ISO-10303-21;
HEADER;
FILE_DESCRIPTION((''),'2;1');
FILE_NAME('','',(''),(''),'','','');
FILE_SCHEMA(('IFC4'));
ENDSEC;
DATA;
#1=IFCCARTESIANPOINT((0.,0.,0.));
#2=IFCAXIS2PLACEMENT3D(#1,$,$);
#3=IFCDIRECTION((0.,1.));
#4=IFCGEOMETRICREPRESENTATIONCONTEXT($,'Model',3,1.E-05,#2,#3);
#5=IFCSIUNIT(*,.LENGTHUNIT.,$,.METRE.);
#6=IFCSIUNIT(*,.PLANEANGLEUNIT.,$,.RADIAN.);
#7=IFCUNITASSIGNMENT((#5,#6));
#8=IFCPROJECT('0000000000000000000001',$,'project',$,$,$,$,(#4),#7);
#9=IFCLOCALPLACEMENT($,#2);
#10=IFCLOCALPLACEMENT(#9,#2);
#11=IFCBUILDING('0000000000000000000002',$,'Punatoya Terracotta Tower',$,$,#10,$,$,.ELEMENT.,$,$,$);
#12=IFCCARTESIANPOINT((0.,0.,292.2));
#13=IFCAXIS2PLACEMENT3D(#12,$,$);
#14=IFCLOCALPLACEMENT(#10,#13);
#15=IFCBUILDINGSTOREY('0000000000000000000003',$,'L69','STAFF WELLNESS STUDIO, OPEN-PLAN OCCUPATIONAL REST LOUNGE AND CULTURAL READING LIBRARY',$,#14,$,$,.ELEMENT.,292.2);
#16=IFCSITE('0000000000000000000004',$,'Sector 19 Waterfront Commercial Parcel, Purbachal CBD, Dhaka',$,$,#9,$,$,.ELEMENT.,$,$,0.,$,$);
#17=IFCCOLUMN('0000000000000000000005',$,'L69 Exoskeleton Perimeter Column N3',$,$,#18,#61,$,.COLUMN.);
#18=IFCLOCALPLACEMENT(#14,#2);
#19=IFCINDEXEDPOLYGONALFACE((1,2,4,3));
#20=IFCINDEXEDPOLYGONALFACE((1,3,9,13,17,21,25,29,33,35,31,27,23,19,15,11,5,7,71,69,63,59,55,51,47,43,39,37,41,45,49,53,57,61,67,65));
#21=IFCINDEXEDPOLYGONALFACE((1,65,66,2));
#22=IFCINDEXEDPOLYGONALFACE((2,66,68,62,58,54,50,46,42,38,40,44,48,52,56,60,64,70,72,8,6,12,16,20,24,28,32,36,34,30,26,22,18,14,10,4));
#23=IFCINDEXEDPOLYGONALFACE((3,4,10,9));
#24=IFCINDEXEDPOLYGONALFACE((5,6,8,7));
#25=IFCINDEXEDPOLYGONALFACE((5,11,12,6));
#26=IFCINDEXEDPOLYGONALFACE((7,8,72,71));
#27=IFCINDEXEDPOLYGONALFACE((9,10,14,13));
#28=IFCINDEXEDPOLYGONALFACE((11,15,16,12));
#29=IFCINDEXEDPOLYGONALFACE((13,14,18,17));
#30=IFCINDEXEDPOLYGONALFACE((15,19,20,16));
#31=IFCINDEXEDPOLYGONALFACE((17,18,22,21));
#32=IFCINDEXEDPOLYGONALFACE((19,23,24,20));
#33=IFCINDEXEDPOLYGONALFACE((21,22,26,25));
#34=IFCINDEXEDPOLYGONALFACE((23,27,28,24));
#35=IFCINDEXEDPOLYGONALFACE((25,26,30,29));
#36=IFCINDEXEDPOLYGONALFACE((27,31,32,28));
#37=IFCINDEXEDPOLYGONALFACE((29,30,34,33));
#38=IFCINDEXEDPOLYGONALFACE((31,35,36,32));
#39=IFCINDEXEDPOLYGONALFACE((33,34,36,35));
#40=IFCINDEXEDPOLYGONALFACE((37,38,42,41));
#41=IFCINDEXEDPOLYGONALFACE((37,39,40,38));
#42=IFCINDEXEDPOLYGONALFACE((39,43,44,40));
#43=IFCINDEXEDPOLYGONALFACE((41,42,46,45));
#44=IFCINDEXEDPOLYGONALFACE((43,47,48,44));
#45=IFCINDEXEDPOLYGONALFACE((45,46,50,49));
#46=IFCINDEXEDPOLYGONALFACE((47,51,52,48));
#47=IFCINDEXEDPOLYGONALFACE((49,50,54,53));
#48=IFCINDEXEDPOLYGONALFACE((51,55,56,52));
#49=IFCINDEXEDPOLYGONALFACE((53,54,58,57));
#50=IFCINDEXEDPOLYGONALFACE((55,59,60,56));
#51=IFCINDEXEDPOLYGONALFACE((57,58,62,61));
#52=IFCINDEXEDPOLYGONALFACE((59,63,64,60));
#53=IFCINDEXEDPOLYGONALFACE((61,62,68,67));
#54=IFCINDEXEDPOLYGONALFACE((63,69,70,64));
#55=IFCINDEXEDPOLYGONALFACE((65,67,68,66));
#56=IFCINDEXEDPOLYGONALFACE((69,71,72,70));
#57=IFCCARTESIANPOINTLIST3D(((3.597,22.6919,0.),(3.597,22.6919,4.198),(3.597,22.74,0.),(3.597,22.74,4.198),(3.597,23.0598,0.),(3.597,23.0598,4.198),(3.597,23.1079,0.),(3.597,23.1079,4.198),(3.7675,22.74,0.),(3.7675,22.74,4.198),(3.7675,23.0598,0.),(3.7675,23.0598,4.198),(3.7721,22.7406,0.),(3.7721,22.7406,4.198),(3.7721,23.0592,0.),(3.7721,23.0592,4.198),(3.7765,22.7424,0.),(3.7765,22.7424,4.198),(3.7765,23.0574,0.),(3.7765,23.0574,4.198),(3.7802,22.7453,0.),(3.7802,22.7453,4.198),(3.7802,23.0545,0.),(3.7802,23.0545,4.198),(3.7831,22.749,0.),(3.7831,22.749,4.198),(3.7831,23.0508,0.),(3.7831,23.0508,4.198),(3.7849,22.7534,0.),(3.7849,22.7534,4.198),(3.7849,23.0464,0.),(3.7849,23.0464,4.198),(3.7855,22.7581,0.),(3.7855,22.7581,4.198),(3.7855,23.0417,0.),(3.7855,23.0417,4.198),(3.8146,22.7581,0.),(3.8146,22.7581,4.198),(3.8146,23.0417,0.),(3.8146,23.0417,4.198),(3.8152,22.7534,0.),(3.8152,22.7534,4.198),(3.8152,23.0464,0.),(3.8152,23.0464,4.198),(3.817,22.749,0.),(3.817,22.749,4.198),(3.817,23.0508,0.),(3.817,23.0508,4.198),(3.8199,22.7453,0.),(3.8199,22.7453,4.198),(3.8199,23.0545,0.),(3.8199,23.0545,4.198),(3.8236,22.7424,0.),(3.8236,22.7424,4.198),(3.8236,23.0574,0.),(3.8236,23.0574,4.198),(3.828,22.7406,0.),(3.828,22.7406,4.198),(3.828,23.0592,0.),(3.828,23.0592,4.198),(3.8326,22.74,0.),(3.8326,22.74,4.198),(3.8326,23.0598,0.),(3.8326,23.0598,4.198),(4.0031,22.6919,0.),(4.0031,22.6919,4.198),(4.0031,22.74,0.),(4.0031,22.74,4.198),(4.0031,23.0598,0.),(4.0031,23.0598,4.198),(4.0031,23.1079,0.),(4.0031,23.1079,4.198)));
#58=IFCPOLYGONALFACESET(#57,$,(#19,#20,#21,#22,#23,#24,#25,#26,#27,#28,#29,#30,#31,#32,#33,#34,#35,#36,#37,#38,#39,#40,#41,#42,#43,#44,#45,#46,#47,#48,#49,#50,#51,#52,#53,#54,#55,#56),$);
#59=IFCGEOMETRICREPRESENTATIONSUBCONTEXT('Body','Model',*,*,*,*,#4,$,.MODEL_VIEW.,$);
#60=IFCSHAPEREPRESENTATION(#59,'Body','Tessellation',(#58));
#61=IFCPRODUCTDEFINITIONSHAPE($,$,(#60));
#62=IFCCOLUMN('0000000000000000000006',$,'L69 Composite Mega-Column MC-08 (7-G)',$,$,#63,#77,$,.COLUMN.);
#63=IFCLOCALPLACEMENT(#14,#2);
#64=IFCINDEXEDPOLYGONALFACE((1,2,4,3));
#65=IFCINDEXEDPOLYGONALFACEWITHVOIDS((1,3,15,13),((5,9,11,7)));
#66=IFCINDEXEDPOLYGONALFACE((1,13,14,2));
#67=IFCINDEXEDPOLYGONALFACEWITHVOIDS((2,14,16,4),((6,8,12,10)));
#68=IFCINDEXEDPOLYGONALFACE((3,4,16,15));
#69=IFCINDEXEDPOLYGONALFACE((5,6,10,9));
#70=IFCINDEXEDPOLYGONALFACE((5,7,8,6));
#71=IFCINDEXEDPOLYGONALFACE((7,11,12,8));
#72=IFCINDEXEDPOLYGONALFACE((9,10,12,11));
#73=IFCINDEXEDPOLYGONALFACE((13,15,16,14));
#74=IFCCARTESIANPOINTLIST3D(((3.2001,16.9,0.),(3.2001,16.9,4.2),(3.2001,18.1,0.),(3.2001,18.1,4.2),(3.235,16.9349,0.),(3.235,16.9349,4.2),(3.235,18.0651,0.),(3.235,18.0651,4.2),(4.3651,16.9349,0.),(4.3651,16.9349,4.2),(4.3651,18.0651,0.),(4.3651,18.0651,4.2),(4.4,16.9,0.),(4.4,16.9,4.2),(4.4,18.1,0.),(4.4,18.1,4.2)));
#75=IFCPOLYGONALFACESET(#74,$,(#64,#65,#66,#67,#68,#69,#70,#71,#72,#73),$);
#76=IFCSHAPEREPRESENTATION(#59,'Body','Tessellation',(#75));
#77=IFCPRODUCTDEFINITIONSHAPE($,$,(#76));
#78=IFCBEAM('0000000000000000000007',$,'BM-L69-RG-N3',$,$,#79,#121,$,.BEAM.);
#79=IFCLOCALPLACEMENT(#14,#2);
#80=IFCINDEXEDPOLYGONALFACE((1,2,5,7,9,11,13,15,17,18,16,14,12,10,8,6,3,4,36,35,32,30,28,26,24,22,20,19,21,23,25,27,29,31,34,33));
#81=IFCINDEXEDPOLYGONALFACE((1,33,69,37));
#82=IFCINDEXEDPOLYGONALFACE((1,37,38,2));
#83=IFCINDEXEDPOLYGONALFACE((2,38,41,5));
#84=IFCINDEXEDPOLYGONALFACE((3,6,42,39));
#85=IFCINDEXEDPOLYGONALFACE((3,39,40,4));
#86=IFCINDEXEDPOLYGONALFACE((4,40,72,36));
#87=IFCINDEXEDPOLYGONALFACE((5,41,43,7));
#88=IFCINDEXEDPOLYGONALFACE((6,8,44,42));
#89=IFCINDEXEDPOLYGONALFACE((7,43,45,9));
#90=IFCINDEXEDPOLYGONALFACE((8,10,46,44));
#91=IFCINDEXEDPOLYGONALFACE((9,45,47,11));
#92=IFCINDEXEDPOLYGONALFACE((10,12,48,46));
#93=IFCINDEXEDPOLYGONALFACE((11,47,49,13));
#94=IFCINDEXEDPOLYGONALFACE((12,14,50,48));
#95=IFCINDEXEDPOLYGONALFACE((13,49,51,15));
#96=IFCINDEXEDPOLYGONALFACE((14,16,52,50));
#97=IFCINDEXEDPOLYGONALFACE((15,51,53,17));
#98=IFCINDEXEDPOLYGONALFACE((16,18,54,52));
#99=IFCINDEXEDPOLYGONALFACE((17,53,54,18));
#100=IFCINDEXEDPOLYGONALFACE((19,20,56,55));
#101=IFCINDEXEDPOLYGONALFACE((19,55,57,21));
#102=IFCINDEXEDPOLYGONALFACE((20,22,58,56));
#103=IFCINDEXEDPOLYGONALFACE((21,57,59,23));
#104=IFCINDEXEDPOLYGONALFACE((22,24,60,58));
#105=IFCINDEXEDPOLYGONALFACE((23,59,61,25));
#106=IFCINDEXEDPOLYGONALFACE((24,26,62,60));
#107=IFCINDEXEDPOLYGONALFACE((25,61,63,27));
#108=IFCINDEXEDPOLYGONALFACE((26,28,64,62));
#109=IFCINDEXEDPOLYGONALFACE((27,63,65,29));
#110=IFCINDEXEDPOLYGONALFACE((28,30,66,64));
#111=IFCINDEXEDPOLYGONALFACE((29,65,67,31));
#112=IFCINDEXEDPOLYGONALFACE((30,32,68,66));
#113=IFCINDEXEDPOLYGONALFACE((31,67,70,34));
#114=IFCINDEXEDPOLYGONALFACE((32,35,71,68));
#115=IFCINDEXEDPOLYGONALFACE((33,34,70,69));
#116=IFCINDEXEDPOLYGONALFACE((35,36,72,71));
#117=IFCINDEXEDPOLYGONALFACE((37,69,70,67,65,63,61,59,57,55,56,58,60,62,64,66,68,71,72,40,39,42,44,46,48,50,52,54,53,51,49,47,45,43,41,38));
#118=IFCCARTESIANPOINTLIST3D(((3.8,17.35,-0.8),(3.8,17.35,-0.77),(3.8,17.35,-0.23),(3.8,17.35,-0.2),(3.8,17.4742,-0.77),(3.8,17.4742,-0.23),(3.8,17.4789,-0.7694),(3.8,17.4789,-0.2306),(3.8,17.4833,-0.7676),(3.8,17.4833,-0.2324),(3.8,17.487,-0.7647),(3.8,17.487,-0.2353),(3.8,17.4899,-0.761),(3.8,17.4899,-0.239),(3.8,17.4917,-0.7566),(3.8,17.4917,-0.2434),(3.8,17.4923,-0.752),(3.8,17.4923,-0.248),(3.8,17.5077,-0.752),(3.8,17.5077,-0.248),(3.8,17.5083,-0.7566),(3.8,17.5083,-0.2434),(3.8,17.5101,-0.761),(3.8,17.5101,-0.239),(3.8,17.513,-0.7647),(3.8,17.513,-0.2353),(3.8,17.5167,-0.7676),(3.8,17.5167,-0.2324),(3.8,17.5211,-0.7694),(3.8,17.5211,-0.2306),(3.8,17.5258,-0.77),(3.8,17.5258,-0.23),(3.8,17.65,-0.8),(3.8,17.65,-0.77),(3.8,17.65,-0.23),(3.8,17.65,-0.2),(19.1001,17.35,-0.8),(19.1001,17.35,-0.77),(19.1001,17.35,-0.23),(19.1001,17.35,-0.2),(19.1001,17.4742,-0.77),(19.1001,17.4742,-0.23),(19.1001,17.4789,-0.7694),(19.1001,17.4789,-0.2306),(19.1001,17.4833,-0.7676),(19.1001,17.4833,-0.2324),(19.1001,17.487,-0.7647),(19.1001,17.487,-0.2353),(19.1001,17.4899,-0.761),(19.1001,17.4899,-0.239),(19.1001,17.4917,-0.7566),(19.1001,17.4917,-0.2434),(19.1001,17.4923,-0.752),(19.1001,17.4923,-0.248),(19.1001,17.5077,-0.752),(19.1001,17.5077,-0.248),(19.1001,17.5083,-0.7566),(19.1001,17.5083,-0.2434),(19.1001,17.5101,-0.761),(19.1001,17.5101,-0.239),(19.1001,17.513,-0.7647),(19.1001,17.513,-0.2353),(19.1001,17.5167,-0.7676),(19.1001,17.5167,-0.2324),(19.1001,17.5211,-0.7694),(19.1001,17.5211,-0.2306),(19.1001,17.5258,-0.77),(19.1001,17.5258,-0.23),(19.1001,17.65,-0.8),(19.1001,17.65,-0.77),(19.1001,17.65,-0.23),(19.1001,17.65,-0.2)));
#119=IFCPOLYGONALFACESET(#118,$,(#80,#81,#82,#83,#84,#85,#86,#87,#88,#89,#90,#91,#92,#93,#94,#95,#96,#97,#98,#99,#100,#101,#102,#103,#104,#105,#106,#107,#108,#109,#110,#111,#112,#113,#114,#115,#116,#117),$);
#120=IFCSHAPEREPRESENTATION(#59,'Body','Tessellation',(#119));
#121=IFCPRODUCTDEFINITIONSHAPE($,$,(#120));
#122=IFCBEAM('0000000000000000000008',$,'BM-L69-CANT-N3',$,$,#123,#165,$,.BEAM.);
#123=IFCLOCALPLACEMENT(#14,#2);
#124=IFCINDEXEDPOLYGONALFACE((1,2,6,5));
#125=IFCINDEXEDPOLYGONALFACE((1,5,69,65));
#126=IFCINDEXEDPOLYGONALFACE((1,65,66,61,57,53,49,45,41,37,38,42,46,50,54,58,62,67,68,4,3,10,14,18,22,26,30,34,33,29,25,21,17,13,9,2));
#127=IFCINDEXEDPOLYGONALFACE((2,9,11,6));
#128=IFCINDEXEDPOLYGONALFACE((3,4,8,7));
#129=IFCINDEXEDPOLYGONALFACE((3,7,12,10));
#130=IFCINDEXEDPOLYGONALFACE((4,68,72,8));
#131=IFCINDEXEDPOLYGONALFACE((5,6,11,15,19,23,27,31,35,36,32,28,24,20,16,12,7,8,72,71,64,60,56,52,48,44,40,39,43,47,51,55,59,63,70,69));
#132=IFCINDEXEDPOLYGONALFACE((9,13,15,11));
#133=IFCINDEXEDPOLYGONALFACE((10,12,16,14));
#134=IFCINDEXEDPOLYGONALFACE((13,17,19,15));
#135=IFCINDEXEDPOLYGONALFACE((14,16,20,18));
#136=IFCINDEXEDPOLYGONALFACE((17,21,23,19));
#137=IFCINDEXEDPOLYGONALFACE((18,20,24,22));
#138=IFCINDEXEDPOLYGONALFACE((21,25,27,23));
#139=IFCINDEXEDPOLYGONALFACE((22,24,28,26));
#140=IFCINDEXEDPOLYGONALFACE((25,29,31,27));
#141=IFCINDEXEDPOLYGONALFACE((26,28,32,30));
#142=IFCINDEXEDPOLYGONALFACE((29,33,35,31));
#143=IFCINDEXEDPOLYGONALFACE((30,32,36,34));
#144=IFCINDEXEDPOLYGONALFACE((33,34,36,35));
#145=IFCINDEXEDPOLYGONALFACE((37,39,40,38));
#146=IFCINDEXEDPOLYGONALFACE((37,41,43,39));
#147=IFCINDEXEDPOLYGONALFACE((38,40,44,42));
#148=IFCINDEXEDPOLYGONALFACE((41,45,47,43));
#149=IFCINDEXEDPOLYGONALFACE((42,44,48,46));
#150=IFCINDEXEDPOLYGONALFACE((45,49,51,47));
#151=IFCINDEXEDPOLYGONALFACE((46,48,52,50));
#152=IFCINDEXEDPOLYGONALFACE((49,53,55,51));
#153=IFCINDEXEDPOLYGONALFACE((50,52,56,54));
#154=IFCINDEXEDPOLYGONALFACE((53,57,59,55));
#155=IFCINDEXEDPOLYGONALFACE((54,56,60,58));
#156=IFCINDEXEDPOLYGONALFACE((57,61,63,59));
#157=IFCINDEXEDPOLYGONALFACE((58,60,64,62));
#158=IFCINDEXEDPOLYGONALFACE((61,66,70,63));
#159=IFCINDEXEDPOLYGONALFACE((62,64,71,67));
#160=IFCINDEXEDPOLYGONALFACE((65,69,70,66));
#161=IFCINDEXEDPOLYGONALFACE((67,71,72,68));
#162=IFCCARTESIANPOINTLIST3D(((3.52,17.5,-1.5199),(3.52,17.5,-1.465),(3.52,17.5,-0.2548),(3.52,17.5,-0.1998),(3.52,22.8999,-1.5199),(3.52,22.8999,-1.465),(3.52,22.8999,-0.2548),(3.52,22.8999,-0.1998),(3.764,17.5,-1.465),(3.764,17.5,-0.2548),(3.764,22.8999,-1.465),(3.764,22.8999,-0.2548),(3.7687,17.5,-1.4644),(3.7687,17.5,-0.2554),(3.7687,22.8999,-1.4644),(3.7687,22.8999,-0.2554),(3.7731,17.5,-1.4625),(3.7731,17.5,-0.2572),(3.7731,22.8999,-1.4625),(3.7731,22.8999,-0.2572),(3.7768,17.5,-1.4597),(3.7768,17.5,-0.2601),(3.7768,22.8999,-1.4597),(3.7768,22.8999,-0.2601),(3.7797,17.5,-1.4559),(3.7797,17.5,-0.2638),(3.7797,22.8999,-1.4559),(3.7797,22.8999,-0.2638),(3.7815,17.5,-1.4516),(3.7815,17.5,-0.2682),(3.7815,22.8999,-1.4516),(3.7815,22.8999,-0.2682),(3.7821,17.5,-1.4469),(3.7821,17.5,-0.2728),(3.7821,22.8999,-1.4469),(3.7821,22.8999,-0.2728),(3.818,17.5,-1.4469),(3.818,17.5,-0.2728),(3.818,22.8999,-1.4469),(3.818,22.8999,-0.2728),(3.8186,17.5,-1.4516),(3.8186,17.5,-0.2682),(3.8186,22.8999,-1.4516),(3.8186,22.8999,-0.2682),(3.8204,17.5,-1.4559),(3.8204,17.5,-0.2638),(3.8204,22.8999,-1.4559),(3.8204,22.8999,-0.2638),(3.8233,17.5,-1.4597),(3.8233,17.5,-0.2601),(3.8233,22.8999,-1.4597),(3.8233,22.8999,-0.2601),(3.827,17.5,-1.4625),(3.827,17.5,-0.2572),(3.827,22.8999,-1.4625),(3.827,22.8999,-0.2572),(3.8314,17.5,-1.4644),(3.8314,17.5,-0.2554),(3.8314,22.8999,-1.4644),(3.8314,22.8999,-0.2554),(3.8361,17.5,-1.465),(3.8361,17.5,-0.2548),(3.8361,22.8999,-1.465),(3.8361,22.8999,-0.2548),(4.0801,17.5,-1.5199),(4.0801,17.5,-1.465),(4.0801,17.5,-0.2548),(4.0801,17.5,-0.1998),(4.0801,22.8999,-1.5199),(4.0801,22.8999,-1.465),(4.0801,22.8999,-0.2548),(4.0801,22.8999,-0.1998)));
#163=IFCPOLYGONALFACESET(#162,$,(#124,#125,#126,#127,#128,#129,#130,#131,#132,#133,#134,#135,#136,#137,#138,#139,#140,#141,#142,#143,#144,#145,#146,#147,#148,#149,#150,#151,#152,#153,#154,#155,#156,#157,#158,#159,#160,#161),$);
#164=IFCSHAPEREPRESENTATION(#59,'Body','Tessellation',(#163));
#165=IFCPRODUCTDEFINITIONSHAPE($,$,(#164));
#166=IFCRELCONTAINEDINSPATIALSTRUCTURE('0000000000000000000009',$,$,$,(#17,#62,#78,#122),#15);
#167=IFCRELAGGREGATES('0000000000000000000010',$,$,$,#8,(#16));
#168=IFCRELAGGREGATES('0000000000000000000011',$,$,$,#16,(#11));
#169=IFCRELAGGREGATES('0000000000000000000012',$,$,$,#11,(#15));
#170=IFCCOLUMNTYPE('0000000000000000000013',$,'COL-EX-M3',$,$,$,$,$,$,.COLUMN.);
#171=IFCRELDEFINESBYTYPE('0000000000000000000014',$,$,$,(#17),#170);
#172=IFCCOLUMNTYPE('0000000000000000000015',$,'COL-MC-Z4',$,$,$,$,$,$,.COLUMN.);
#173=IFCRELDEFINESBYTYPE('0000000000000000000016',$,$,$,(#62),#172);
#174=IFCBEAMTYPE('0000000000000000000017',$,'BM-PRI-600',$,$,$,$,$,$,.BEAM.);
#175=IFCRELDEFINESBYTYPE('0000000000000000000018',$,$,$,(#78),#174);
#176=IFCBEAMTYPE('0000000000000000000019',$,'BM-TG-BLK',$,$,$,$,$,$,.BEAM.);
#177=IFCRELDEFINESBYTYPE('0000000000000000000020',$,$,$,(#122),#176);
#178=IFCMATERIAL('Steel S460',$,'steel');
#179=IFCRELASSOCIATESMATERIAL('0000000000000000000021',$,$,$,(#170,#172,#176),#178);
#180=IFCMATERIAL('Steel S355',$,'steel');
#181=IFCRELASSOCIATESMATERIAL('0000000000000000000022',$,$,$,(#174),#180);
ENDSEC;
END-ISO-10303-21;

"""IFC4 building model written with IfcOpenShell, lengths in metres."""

from ifc_helpers import new_model, si_unit, direction, frame, origin, origin_2d, place, context, subcontext, project, spatial, hollow_rectangle, i_section, extrude, material, material_profile, profile_set, type_object, element, save


model = new_model("IFC4")

# Units and contexts
model_context = context("Model", 3, precision=1e-05, world=origin(), true_north=direction((0.0, 1.0)))
body_context = subcontext(model_context, "Body", "Model", "MODEL_VIEW")
ifc_project = project(units=[si_unit("LENGTHUNIT", "METRE"), si_unit("PLANEANGLEUNIT", "RADIAN")], contexts=[model_context])

# Site, building, storey
site_placement = place(None, origin())
site = spatial("IfcSite", under=ifc_project, at=site_placement, Name="Sector 19 Waterfront Commercial Parcel, Purbachal CBD, Dhaka", CompositionType="ELEMENT", RefElevation=0.0)
building_placement = place(site_placement, origin())
building = spatial("IfcBuilding", under=site, at=building_placement, Name="Punatoya Terracotta Tower", CompositionType="ELEMENT")
storey_placement = place(building_placement, frame((0.0, 0.0, 292.2)))
storey = spatial("IfcBuildingStorey", under=building, at=storey_placement, Name="L69", Description="STAFF WELLNESS STUDIO, OPEN-PLAN OCCUPATIONAL REST LOUNGE AND CULTURAL READING LIBRARY", CompositionType="ELEMENT", Elevation=292.2)

# Columns
ifc_material_1 = material(Name="Steel S460", Category="steel")
ifc_material_profile_1 = material_profile(ifc_material_1, i_section(OverallWidth=0.406, OverallDepth=0.416, WebThickness=0.0291, FlangeThickness=0.0481, FilletRadius=0.0181, at=origin_2d()))
ifc_profile_set_1 = profile_set([ifc_material_profile_1], Name="Steel S460")
column_type_1 = type_object("IfcColumnType", Name="COL-EX-M3", PredefinedType="COLUMN", material=ifc_profile_set_1)
column_1_placement = place(storey_placement, frame((3.8, 22.8999, 0.0), z_axis=(0.0, 0.0, 1.0), x_axis=(1.0, 0.0, 0.0)))
element("IfcColumn", 1, at=column_1_placement, inside=storey, type_object=column_type_1, Name="L69 Exoskeleton Perimeter Column N3", PredefinedType="COLUMN", context=body_context, shape_type="SweptSolid", body=[
    extrude(i_section(OverallWidth=0.406, OverallDepth=0.416, WebThickness=0.0291, FlangeThickness=0.0481, FilletRadius=0.0181, at=origin_2d()), origin(), (0.0, 0.0, 1.0), 4.198),
])
ifc_material_profile_2 = material_profile(ifc_material_1, hollow_rectangle(XDim=1.2, YDim=1.2, WallThickness=0.0349, at=origin_2d()))
ifc_profile_set_2 = profile_set([ifc_material_profile_2], Name="Steel S460")
column_type_2 = type_object("IfcColumnType", Name="COL-MC-Z4", PredefinedType="COLUMN", material=ifc_profile_set_2)
column_2_placement = place(storey_placement, frame((3.8, 17.5, 0.0), z_axis=(0.0, 0.0, 1.0), x_axis=(1.0, 0.0, 0.0)))
element("IfcColumn", 2, at=column_2_placement, inside=storey, type_object=column_type_2, Name="L69 Composite Mega-Column MC-08 (7-G)", PredefinedType="COLUMN", context=body_context, shape_type="SweptSolid", body=[
    extrude(hollow_rectangle(XDim=1.2, YDim=1.2, WallThickness=0.0349, at=origin_2d()), origin(), (0.0, 0.0, 1.0), 4.2),
])

# Beams
ifc_material_2 = material(Name="Steel S355", Category="steel")
ifc_material_profile_3 = material_profile(ifc_material_2, i_section(OverallWidth=0.3, OverallDepth=0.6001, WebThickness=0.0154, FlangeThickness=0.03, FilletRadius=0.0181, at=origin_2d()))
ifc_profile_set_3 = profile_set([ifc_material_profile_3], Name="Steel S355")
beam_type_1 = type_object("IfcBeamType", Name="BM-PRI-600", PredefinedType="BEAM", material=ifc_profile_set_3)
beam_1_placement = place(storey_placement, frame((3.8, 17.5, -0.5), z_axis=(1.0, 0.0, 0.0), x_axis=(0.0, 1.0, 0.0)))
element("IfcBeam", 3, at=beam_1_placement, inside=storey, type_object=beam_type_1, Name="BM-L69-RG-N3", PredefinedType="BEAM", context=body_context, shape_type="SweptSolid", body=[
    extrude(i_section(OverallWidth=0.3, OverallDepth=0.6001, WebThickness=0.0154, FlangeThickness=0.03, FilletRadius=0.0181, at=origin_2d()), origin(), (0.0, 0.0, 1.0), 15.3),
])
ifc_material_profile_4 = material_profile(ifc_material_1, i_section(OverallWidth=0.5601, OverallDepth=1.3201, WebThickness=0.0359, FlangeThickness=0.0549, FilletRadius=0.0181, at=origin_2d()))
ifc_profile_set_4 = profile_set([ifc_material_profile_4], Name="Steel S460")
beam_type_2 = type_object("IfcBeamType", Name="BM-TG-BLK", PredefinedType="BEAM", material=ifc_profile_set_4)
beam_2_placement = place(storey_placement, frame((3.8, 17.5, -0.8599), z_axis=(0.0, 1.0, 0.0), x_axis=(-1.0, 0.0, 0.0)))
element("IfcBeam", 4, at=beam_2_placement, inside=storey, type_object=beam_type_2, Name="BM-L69-CANT-N3", PredefinedType="BEAM", context=body_context, shape_type="SweptSolid", body=[
    extrude(i_section(OverallWidth=0.5601, OverallDepth=1.3201, WebThickness=0.0359, FlangeThickness=0.0549, FilletRadius=0.0181, at=origin_2d()), origin(), (0.0, 0.0, 1.0), 5.3999),
])

save(model, "model.ifc")
